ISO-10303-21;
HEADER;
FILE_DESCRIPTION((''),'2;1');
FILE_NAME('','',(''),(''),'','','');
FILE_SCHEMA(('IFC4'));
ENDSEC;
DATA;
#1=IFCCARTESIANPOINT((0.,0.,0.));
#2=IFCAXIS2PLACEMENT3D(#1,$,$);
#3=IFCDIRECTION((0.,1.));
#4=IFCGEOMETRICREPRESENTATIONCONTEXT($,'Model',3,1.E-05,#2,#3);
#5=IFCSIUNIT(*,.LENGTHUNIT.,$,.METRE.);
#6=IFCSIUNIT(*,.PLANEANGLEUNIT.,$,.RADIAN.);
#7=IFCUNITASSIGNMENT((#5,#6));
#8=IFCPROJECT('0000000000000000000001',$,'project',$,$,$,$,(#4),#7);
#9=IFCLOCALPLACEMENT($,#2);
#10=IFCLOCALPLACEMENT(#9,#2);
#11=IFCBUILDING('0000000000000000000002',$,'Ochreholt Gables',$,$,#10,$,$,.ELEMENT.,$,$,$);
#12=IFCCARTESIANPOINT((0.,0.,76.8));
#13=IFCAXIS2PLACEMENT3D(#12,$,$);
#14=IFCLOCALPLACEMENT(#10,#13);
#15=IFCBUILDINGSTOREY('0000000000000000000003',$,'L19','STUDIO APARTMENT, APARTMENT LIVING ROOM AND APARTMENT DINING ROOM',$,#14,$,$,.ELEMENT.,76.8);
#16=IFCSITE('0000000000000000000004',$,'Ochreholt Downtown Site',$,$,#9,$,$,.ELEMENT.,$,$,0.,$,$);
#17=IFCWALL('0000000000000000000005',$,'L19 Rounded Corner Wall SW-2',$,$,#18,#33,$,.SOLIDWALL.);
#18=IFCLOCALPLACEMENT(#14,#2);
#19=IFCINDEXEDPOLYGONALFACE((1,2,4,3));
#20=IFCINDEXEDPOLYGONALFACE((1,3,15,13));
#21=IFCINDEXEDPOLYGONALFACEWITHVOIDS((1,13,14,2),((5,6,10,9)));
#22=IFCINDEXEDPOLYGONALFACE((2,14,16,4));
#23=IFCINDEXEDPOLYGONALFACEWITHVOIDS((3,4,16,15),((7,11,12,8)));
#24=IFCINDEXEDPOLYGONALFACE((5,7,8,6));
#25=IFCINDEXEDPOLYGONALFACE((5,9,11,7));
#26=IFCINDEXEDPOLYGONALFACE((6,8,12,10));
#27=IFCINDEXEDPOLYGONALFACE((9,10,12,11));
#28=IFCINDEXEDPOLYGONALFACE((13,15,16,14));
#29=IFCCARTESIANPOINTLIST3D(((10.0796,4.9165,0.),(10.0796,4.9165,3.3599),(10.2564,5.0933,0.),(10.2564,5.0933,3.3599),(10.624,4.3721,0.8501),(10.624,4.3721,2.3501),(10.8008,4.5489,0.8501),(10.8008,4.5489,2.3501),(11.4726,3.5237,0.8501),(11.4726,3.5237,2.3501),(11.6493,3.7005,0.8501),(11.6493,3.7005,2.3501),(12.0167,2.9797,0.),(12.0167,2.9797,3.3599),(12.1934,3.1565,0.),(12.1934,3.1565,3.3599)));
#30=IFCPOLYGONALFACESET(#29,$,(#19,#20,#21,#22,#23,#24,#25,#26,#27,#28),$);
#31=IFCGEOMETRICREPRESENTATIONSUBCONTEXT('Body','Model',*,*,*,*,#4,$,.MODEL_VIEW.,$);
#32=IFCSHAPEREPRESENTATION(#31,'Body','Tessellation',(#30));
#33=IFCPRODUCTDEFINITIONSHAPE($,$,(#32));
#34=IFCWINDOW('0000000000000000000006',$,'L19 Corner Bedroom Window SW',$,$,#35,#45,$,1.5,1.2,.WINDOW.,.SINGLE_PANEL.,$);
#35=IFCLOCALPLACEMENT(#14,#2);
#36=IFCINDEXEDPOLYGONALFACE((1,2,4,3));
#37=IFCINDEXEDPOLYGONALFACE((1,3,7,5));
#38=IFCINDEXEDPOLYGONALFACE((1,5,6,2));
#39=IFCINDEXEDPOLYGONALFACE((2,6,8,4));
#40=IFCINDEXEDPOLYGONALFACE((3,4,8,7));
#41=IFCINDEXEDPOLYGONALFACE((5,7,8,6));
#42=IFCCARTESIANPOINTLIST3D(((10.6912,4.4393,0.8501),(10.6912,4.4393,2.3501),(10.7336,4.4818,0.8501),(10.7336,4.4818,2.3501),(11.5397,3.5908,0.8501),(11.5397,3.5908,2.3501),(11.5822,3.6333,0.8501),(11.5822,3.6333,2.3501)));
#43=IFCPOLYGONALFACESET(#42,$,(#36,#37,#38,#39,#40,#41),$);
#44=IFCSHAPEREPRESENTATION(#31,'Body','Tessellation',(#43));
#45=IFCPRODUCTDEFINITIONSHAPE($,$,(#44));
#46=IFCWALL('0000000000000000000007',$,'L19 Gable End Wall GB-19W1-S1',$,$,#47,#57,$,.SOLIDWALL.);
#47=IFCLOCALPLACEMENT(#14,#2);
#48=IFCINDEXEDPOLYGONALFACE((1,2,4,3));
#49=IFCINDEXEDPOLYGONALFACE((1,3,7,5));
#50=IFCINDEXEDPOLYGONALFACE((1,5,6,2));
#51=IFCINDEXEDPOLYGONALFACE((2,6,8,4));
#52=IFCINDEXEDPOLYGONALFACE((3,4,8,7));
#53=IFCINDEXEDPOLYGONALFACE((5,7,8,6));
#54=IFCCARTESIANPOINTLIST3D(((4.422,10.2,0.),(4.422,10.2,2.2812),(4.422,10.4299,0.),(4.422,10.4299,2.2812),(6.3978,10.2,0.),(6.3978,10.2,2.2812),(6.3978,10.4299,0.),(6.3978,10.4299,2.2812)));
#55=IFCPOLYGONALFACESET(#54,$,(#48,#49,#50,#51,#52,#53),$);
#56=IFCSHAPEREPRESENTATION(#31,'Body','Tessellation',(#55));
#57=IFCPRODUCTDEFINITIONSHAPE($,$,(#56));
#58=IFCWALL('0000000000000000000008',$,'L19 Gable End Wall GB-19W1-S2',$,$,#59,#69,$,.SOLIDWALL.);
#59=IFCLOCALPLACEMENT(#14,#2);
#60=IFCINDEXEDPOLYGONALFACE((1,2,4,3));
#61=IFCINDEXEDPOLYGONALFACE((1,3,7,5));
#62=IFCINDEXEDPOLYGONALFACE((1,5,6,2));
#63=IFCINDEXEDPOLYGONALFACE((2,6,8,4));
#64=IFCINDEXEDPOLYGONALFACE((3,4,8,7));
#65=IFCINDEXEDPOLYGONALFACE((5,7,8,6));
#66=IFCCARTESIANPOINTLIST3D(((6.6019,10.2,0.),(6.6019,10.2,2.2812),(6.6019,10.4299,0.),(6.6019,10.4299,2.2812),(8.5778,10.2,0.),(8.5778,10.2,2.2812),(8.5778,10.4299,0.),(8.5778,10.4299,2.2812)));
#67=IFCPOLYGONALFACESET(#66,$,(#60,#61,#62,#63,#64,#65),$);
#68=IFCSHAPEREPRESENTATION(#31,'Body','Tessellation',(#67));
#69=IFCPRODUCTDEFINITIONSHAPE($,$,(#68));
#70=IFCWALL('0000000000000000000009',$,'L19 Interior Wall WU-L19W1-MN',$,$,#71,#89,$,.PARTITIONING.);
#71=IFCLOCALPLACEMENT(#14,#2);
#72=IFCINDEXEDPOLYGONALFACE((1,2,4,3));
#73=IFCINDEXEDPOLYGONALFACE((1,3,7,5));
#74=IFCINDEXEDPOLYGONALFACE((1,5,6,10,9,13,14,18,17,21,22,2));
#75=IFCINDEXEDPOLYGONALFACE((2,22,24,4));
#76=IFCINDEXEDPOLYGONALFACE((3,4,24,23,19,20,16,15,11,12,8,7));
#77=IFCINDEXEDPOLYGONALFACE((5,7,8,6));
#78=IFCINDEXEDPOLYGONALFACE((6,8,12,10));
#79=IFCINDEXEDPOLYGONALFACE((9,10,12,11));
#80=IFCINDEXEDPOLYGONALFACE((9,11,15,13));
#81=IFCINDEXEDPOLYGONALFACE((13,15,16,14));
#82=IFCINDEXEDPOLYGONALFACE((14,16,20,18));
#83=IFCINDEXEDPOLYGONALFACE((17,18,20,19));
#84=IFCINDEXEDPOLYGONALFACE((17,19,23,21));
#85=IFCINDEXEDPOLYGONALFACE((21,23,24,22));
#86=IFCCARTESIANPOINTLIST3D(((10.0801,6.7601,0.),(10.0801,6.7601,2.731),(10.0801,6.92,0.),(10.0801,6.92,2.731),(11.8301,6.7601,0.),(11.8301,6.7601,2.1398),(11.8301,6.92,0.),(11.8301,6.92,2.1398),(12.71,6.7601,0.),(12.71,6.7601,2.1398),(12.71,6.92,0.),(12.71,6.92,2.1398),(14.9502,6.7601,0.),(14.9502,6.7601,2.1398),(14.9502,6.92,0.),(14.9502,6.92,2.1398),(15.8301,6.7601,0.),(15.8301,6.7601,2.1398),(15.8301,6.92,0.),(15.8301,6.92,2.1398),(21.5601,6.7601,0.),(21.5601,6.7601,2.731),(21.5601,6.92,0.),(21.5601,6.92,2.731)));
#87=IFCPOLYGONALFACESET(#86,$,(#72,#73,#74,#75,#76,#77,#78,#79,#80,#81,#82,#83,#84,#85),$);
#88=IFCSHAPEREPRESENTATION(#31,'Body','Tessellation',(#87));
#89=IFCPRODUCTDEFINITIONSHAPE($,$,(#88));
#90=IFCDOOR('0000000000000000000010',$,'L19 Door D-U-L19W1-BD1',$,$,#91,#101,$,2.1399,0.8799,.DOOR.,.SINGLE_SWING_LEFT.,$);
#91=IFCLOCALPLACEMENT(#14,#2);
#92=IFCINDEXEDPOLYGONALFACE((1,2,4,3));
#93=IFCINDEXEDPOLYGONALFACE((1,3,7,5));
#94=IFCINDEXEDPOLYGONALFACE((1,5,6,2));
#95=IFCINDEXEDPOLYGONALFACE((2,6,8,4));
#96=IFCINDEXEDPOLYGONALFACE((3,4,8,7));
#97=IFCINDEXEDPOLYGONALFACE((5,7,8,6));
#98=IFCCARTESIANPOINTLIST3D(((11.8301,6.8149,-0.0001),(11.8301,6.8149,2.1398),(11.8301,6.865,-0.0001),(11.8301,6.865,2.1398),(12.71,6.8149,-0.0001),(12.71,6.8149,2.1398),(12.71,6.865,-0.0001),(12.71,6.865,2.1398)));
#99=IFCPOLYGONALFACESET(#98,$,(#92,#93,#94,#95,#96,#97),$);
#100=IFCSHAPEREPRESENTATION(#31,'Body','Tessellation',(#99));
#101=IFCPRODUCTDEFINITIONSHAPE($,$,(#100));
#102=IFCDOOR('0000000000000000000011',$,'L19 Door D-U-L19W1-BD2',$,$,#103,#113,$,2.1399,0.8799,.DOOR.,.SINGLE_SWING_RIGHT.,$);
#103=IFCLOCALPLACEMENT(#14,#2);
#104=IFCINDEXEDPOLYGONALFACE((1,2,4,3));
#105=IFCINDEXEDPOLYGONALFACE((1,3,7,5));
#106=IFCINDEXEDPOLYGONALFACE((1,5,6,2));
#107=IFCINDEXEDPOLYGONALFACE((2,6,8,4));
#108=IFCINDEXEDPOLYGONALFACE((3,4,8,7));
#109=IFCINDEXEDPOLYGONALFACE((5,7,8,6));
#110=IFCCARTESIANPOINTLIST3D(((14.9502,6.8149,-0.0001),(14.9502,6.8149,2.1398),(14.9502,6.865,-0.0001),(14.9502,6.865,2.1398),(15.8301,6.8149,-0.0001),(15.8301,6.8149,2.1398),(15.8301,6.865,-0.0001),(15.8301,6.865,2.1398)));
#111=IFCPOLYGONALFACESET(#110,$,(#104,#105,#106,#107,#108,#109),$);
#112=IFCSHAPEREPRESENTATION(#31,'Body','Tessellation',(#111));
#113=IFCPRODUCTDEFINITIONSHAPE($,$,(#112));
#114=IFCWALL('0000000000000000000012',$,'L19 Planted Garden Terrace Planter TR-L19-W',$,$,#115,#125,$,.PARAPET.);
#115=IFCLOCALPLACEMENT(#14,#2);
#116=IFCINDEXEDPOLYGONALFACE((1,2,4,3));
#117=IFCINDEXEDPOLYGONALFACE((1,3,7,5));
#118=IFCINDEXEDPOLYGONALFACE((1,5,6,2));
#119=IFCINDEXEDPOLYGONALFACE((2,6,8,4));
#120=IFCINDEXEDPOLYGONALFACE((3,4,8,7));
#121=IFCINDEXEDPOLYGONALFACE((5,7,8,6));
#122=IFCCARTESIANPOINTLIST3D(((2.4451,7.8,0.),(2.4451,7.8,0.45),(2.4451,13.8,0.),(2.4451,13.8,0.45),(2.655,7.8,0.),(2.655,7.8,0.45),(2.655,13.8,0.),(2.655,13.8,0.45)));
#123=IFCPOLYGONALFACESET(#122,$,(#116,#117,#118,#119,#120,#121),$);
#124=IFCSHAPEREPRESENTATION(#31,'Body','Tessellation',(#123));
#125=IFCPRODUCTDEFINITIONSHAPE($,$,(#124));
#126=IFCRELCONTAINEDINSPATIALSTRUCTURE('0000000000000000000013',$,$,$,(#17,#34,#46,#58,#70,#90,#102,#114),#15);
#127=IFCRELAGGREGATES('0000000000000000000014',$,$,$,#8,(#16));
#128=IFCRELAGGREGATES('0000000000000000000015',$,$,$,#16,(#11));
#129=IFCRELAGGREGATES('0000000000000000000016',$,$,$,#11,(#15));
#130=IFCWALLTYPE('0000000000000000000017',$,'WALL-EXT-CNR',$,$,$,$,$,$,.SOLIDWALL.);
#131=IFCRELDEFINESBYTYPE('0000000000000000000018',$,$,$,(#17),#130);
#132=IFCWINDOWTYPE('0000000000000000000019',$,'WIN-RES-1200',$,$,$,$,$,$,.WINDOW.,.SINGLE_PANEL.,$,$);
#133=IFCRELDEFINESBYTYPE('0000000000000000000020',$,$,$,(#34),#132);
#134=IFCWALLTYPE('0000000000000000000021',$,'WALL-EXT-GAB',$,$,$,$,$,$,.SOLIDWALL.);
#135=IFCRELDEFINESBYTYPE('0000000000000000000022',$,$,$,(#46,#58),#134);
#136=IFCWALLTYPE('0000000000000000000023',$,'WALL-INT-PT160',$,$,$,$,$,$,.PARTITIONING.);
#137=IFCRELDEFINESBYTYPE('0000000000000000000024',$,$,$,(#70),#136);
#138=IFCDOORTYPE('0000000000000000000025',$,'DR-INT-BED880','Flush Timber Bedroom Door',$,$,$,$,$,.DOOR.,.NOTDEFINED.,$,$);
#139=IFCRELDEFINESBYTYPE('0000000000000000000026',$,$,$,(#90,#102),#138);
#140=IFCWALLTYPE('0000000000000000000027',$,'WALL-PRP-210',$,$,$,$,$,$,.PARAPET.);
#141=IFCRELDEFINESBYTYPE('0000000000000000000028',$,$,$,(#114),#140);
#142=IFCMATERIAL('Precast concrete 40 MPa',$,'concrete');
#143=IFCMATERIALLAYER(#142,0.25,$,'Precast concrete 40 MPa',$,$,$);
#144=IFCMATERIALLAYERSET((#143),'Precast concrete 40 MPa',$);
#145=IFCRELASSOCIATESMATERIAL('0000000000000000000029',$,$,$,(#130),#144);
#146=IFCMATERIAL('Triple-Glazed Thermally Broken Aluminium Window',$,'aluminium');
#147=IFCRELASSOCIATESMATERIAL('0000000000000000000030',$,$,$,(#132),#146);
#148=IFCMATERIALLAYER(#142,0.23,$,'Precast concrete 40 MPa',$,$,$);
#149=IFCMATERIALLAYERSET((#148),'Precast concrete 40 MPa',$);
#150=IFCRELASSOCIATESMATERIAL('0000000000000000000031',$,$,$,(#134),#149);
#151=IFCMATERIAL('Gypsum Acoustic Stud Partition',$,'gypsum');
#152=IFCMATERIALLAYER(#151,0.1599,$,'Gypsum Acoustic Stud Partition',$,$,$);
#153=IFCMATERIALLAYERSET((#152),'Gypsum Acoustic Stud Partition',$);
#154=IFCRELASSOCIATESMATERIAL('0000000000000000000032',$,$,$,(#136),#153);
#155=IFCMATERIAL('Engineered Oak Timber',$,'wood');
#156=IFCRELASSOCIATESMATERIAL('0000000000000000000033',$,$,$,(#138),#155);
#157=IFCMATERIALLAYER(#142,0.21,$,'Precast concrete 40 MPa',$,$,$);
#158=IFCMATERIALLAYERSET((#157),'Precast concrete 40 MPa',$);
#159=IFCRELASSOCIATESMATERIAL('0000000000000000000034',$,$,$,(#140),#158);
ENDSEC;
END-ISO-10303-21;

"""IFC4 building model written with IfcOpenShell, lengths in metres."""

from ifc_helpers import new_model, si_unit, direction, frame, frame_2d, origin, place, context, subcontext, project, spatial, rectangle, extrude, material, layer, layer_set, type_object, element, fill, save


model = new_model("IFC4")

# Units and contexts
model_context = context("Model", 3, precision=1e-05, world=origin(), true_north=direction((0.0, 1.0)))
body_context = subcontext(model_context, "Body", "Model", "MODEL_VIEW")
ifc_project = project(units=[si_unit("LENGTHUNIT", "METRE"), si_unit("PLANEANGLEUNIT", "RADIAN")], contexts=[model_context])

# Site, building, storey
site_placement = place(None, origin())
site = spatial("IfcSite", under=ifc_project, at=site_placement, Name="Ochreholt Downtown Site", CompositionType="ELEMENT", RefElevation=0.0)
building_placement = place(site_placement, origin())
building = spatial("IfcBuilding", under=site, at=building_placement, Name="Ochreholt Gables", CompositionType="ELEMENT")
storey_placement = place(building_placement, frame((0.0, 0.0, 76.8)))
storey = spatial("IfcBuildingStorey", under=building, at=storey_placement, Name="L19", Description="STUDIO APARTMENT, APARTMENT LIVING ROOM AND APARTMENT DINING ROOM", CompositionType="ELEMENT", Elevation=76.8)

# Shared definitions
ifc_material_1 = material(Name="Precast concrete 40 MPa", Category="concrete")

# Shared definitions
ifc_material_2 = material(Name="Triple-Glazed Thermally Broken Aluminium Window", Category="aluminium")

# Shared definitions
ifc_layer_1 = layer(ifc_material_1, 0.25, Name="Precast concrete 40 MPa")
ifc_layer_set_1 = layer_set([ifc_layer_1], Name="Precast concrete 40 MPa")
wall_type_1 = type_object("IfcWallType", Name="WALL-EXT-CNR", PredefinedType="SOLIDWALL", material=ifc_layer_set_1)

# Wall, opening, window
wall_1_placement = place(storey_placement, frame((10.168, 5.0049, 0.0), z_axis=(0.0, 0.0, 1.0), x_axis=(0.707151, -0.707062, 0.0)))
wall_1 = element("IfcWall", 1, at=wall_1_placement, inside=storey, type_object=wall_type_1, Name="L19 Rounded Corner Wall SW-2", PredefinedType="SOLIDWALL", context=body_context, shape_type="SweptSolid", body=[
    extrude(rectangle(XDim=2.7393, YDim=0.25, at=frame_2d((1.3696, 0.0))), origin(), (0.0, 0.0, 1.0), 3.3599),
])
opening_1_placement = place(wall_1_placement, frame((0.7698, 0.0, 0.8501)))
opening_1 = element("IfcOpeningElement", 2, at=opening_1_placement, cuts=wall_1, PredefinedType="OPENING", context=body_context, shape_type="SweptSolid", body=[
    extrude(rectangle(XDim=1.2, YDim=1.5, at=frame_2d((0.6001, 0.75))), frame((0.0, 0.135, 0.0), z_axis=(0.0, -1.0, 0.0), x_axis=(1.0, 0.0, 0.0)), (0.0, 0.0, 1.0), 0.27),
])
window_type_1 = type_object("IfcWindowType", Name="WIN-RES-1200", PartitioningType="SINGLE_PANEL", PredefinedType="WINDOW", material=ifc_material_2)
window_1_placement = place(opening_1_placement, origin())
window_1 = element("IfcWindow", 3, at=window_1_placement, inside=storey, type_object=window_type_1, Name="L19 Corner Bedroom Window SW", OverallHeight=1.5, OverallWidth=1.2, PartitioningType="SINGLE_PANEL", PredefinedType="WINDOW", context=body_context, shape_type="SweptSolid", body=[
    extrude(rectangle(XDim=1.2, YDim=1.5, at=frame_2d((0.6001, 0.75))), frame((0.0, 0.03, 0.0), z_axis=(0.0, -1.0, 0.0), x_axis=(1.0, 0.0, 0.0)), (0.0, 0.0, 1.0), 0.0601),
])
fill(opening_1, window_1)

# Walls
ifc_layer_2 = layer(ifc_material_1, 0.23, Name="Precast concrete 40 MPa")
ifc_layer_set_2 = layer_set([ifc_layer_2], Name="Precast concrete 40 MPa")
wall_type_2 = type_object("IfcWallType", Name="WALL-EXT-GAB", PredefinedType="SOLIDWALL", material=ifc_layer_set_2)
for number, where, z_axis, x_axis, name in (
    (4, (4.4221, 10.3149, 0.0), (0.0, 0.0, 1.0), (1.0, 0.0, 0.0), "L19 Gable End Wall GB-19W1-S1"),
    (5, (6.6021, 10.3149, 0.0), (0.0, 0.0, 1.0), (1.0, 0.0, 0.0), "L19 Gable End Wall GB-19W1-S2"),
):
    element("IfcWall", number, at=place(storey_placement, frame(where, z_axis=z_axis, x_axis=x_axis)), inside=storey, type_object=wall_type_2, Name=name, PredefinedType="SOLIDWALL", context=body_context, shape_type="SweptSolid", body=[
        extrude(rectangle(XDim=1.9758, YDim=0.23, at=frame_2d((0.9878, 0.0))), origin(), (0.0, 0.0, 1.0), 2.2812),
    ])

# Wall, openings, doors
ifc_material_3 = material(Name="Gypsum Acoustic Stud Partition", Category="gypsum")
ifc_layer_3 = layer(ifc_material_3, 0.1599, Name="Gypsum Acoustic Stud Partition")
ifc_layer_set_3 = layer_set([ifc_layer_3], Name="Gypsum Acoustic Stud Partition")
wall_type_3 = type_object("IfcWallType", Name="WALL-INT-PT160", PredefinedType="PARTITIONING", material=ifc_layer_set_3)
wall_2_placement = place(storey_placement, frame((10.0801, 6.8401, 0.0), z_axis=(0.0, 0.0, 1.0), x_axis=(1.0, 0.0, 0.0)))
wall_2 = element("IfcWall", 6, at=wall_2_placement, inside=storey, type_object=wall_type_3, Name="L19 Interior Wall WU-L19W1-MN", PredefinedType="PARTITIONING", context=body_context, shape_type="SweptSolid", body=[
    extrude(rectangle(XDim=11.48, YDim=0.1599, at=frame_2d((5.74, 0.0))), origin(), (0.0, 0.0, 1.0), 2.731),
])
opening_2_placement = place(wall_2_placement, frame((1.75, 0.0, 0.0)))
opening_2 = element("IfcOpeningElement", 7, at=opening_2_placement, cuts=wall_2, PredefinedType="OPENING", context=body_context, shape_type="SweptSolid", body=[
    extrude(rectangle(XDim=0.8799, YDim=2.1399, at=frame_2d((0.4399, 1.0698))), frame((0.0, 0.0898, 0.0), z_axis=(0.0, -1.0, 0.0), x_axis=(1.0, 0.0, 0.0)), (0.0, 0.0, 1.0), 0.1799),
])
opening_3_placement = place(wall_2_placement, frame((4.8701, 0.0, 0.0)))
opening_3 = element("IfcOpeningElement", 8, at=opening_3_placement, cuts=wall_2, PredefinedType="OPENING", context=body_context, shape_type="SweptSolid", body=[
    extrude(rectangle(XDim=0.8799, YDim=2.1399, at=frame_2d((0.4399, 1.0698))), frame((0.0, 0.0898, 0.0), z_axis=(0.0, -1.0, 0.0), x_axis=(1.0, 0.0, 0.0)), (0.0, 0.0, 1.0), 0.1799),
])
ifc_material_4 = material(Name="Engineered Oak Timber", Category="wood")
door_type = type_object("IfcDoorType", Name="DR-INT-BED880", Description="Flush Timber Bedroom Door", OperationType="NOTDEFINED", PredefinedType="DOOR", material=ifc_material_4)
door_1_placement = place(opening_2_placement, origin())
door_1 = element("IfcDoor", 9, at=door_1_placement, inside=storey, type_object=door_type, Name="L19 Door D-U-L19W1-BD1", OperationType="SINGLE_SWING_LEFT", OverallHeight=2.1399, OverallWidth=0.8799, PredefinedType="DOOR", context=body_context, shape_type="SweptSolid", body=[
    extrude(rectangle(XDim=0.8799, YDim=2.1399, at=frame_2d((0.4399, 1.0698))), frame((0.0, 0.0249, 0.0), z_axis=(0.0, -1.0, 0.0), x_axis=(1.0, 0.0, 0.0)), (0.0, 0.0, 1.0), 0.05),
])
fill(opening_2, door_1)
door_2_placement = place(opening_3_placement, origin())
door_2 = element("IfcDoor", 10, at=door_2_placement, inside=storey, type_object=door_type, Name="L19 Door D-U-L19W1-BD2", OperationType="SINGLE_SWING_RIGHT", OverallHeight=2.1399, OverallWidth=0.8799, PredefinedType="DOOR", context=body_context, shape_type="SweptSolid", body=[
    extrude(rectangle(XDim=0.8799, YDim=2.1399, at=frame_2d((0.4399, 1.0698))), frame((0.0, 0.0249, 0.0), z_axis=(0.0, -1.0, 0.0), x_axis=(1.0, 0.0, 0.0)), (0.0, 0.0, 1.0), 0.05),
])
fill(opening_3, door_2)

# Wall
ifc_layer_4 = layer(ifc_material_1, 0.21, Name="Precast concrete 40 MPa")
ifc_layer_set_4 = layer_set([ifc_layer_4], Name="Precast concrete 40 MPa")
wall_type_4 = type_object("IfcWallType", Name="WALL-PRP-210", PredefinedType="PARAPET", material=ifc_layer_set_4)
wall_3_placement = place(storey_placement, frame((2.55, 7.8, 0.0), z_axis=(0.0, 0.0, 1.0), x_axis=(0.0, 1.0, 0.0)))
element("IfcWall", 11, at=wall_3_placement, inside=storey, type_object=wall_type_4, Name="L19 Planted Garden Terrace Planter TR-L19-W", PredefinedType="PARAPET", context=body_context, shape_type="SweptSolid", body=[
    extrude(rectangle(XDim=6.0, YDim=0.21, at=frame_2d((3.0, 0.0))), origin(), (0.0, 0.0, 1.0), 0.45),
])

save(model, "model.ifc")
